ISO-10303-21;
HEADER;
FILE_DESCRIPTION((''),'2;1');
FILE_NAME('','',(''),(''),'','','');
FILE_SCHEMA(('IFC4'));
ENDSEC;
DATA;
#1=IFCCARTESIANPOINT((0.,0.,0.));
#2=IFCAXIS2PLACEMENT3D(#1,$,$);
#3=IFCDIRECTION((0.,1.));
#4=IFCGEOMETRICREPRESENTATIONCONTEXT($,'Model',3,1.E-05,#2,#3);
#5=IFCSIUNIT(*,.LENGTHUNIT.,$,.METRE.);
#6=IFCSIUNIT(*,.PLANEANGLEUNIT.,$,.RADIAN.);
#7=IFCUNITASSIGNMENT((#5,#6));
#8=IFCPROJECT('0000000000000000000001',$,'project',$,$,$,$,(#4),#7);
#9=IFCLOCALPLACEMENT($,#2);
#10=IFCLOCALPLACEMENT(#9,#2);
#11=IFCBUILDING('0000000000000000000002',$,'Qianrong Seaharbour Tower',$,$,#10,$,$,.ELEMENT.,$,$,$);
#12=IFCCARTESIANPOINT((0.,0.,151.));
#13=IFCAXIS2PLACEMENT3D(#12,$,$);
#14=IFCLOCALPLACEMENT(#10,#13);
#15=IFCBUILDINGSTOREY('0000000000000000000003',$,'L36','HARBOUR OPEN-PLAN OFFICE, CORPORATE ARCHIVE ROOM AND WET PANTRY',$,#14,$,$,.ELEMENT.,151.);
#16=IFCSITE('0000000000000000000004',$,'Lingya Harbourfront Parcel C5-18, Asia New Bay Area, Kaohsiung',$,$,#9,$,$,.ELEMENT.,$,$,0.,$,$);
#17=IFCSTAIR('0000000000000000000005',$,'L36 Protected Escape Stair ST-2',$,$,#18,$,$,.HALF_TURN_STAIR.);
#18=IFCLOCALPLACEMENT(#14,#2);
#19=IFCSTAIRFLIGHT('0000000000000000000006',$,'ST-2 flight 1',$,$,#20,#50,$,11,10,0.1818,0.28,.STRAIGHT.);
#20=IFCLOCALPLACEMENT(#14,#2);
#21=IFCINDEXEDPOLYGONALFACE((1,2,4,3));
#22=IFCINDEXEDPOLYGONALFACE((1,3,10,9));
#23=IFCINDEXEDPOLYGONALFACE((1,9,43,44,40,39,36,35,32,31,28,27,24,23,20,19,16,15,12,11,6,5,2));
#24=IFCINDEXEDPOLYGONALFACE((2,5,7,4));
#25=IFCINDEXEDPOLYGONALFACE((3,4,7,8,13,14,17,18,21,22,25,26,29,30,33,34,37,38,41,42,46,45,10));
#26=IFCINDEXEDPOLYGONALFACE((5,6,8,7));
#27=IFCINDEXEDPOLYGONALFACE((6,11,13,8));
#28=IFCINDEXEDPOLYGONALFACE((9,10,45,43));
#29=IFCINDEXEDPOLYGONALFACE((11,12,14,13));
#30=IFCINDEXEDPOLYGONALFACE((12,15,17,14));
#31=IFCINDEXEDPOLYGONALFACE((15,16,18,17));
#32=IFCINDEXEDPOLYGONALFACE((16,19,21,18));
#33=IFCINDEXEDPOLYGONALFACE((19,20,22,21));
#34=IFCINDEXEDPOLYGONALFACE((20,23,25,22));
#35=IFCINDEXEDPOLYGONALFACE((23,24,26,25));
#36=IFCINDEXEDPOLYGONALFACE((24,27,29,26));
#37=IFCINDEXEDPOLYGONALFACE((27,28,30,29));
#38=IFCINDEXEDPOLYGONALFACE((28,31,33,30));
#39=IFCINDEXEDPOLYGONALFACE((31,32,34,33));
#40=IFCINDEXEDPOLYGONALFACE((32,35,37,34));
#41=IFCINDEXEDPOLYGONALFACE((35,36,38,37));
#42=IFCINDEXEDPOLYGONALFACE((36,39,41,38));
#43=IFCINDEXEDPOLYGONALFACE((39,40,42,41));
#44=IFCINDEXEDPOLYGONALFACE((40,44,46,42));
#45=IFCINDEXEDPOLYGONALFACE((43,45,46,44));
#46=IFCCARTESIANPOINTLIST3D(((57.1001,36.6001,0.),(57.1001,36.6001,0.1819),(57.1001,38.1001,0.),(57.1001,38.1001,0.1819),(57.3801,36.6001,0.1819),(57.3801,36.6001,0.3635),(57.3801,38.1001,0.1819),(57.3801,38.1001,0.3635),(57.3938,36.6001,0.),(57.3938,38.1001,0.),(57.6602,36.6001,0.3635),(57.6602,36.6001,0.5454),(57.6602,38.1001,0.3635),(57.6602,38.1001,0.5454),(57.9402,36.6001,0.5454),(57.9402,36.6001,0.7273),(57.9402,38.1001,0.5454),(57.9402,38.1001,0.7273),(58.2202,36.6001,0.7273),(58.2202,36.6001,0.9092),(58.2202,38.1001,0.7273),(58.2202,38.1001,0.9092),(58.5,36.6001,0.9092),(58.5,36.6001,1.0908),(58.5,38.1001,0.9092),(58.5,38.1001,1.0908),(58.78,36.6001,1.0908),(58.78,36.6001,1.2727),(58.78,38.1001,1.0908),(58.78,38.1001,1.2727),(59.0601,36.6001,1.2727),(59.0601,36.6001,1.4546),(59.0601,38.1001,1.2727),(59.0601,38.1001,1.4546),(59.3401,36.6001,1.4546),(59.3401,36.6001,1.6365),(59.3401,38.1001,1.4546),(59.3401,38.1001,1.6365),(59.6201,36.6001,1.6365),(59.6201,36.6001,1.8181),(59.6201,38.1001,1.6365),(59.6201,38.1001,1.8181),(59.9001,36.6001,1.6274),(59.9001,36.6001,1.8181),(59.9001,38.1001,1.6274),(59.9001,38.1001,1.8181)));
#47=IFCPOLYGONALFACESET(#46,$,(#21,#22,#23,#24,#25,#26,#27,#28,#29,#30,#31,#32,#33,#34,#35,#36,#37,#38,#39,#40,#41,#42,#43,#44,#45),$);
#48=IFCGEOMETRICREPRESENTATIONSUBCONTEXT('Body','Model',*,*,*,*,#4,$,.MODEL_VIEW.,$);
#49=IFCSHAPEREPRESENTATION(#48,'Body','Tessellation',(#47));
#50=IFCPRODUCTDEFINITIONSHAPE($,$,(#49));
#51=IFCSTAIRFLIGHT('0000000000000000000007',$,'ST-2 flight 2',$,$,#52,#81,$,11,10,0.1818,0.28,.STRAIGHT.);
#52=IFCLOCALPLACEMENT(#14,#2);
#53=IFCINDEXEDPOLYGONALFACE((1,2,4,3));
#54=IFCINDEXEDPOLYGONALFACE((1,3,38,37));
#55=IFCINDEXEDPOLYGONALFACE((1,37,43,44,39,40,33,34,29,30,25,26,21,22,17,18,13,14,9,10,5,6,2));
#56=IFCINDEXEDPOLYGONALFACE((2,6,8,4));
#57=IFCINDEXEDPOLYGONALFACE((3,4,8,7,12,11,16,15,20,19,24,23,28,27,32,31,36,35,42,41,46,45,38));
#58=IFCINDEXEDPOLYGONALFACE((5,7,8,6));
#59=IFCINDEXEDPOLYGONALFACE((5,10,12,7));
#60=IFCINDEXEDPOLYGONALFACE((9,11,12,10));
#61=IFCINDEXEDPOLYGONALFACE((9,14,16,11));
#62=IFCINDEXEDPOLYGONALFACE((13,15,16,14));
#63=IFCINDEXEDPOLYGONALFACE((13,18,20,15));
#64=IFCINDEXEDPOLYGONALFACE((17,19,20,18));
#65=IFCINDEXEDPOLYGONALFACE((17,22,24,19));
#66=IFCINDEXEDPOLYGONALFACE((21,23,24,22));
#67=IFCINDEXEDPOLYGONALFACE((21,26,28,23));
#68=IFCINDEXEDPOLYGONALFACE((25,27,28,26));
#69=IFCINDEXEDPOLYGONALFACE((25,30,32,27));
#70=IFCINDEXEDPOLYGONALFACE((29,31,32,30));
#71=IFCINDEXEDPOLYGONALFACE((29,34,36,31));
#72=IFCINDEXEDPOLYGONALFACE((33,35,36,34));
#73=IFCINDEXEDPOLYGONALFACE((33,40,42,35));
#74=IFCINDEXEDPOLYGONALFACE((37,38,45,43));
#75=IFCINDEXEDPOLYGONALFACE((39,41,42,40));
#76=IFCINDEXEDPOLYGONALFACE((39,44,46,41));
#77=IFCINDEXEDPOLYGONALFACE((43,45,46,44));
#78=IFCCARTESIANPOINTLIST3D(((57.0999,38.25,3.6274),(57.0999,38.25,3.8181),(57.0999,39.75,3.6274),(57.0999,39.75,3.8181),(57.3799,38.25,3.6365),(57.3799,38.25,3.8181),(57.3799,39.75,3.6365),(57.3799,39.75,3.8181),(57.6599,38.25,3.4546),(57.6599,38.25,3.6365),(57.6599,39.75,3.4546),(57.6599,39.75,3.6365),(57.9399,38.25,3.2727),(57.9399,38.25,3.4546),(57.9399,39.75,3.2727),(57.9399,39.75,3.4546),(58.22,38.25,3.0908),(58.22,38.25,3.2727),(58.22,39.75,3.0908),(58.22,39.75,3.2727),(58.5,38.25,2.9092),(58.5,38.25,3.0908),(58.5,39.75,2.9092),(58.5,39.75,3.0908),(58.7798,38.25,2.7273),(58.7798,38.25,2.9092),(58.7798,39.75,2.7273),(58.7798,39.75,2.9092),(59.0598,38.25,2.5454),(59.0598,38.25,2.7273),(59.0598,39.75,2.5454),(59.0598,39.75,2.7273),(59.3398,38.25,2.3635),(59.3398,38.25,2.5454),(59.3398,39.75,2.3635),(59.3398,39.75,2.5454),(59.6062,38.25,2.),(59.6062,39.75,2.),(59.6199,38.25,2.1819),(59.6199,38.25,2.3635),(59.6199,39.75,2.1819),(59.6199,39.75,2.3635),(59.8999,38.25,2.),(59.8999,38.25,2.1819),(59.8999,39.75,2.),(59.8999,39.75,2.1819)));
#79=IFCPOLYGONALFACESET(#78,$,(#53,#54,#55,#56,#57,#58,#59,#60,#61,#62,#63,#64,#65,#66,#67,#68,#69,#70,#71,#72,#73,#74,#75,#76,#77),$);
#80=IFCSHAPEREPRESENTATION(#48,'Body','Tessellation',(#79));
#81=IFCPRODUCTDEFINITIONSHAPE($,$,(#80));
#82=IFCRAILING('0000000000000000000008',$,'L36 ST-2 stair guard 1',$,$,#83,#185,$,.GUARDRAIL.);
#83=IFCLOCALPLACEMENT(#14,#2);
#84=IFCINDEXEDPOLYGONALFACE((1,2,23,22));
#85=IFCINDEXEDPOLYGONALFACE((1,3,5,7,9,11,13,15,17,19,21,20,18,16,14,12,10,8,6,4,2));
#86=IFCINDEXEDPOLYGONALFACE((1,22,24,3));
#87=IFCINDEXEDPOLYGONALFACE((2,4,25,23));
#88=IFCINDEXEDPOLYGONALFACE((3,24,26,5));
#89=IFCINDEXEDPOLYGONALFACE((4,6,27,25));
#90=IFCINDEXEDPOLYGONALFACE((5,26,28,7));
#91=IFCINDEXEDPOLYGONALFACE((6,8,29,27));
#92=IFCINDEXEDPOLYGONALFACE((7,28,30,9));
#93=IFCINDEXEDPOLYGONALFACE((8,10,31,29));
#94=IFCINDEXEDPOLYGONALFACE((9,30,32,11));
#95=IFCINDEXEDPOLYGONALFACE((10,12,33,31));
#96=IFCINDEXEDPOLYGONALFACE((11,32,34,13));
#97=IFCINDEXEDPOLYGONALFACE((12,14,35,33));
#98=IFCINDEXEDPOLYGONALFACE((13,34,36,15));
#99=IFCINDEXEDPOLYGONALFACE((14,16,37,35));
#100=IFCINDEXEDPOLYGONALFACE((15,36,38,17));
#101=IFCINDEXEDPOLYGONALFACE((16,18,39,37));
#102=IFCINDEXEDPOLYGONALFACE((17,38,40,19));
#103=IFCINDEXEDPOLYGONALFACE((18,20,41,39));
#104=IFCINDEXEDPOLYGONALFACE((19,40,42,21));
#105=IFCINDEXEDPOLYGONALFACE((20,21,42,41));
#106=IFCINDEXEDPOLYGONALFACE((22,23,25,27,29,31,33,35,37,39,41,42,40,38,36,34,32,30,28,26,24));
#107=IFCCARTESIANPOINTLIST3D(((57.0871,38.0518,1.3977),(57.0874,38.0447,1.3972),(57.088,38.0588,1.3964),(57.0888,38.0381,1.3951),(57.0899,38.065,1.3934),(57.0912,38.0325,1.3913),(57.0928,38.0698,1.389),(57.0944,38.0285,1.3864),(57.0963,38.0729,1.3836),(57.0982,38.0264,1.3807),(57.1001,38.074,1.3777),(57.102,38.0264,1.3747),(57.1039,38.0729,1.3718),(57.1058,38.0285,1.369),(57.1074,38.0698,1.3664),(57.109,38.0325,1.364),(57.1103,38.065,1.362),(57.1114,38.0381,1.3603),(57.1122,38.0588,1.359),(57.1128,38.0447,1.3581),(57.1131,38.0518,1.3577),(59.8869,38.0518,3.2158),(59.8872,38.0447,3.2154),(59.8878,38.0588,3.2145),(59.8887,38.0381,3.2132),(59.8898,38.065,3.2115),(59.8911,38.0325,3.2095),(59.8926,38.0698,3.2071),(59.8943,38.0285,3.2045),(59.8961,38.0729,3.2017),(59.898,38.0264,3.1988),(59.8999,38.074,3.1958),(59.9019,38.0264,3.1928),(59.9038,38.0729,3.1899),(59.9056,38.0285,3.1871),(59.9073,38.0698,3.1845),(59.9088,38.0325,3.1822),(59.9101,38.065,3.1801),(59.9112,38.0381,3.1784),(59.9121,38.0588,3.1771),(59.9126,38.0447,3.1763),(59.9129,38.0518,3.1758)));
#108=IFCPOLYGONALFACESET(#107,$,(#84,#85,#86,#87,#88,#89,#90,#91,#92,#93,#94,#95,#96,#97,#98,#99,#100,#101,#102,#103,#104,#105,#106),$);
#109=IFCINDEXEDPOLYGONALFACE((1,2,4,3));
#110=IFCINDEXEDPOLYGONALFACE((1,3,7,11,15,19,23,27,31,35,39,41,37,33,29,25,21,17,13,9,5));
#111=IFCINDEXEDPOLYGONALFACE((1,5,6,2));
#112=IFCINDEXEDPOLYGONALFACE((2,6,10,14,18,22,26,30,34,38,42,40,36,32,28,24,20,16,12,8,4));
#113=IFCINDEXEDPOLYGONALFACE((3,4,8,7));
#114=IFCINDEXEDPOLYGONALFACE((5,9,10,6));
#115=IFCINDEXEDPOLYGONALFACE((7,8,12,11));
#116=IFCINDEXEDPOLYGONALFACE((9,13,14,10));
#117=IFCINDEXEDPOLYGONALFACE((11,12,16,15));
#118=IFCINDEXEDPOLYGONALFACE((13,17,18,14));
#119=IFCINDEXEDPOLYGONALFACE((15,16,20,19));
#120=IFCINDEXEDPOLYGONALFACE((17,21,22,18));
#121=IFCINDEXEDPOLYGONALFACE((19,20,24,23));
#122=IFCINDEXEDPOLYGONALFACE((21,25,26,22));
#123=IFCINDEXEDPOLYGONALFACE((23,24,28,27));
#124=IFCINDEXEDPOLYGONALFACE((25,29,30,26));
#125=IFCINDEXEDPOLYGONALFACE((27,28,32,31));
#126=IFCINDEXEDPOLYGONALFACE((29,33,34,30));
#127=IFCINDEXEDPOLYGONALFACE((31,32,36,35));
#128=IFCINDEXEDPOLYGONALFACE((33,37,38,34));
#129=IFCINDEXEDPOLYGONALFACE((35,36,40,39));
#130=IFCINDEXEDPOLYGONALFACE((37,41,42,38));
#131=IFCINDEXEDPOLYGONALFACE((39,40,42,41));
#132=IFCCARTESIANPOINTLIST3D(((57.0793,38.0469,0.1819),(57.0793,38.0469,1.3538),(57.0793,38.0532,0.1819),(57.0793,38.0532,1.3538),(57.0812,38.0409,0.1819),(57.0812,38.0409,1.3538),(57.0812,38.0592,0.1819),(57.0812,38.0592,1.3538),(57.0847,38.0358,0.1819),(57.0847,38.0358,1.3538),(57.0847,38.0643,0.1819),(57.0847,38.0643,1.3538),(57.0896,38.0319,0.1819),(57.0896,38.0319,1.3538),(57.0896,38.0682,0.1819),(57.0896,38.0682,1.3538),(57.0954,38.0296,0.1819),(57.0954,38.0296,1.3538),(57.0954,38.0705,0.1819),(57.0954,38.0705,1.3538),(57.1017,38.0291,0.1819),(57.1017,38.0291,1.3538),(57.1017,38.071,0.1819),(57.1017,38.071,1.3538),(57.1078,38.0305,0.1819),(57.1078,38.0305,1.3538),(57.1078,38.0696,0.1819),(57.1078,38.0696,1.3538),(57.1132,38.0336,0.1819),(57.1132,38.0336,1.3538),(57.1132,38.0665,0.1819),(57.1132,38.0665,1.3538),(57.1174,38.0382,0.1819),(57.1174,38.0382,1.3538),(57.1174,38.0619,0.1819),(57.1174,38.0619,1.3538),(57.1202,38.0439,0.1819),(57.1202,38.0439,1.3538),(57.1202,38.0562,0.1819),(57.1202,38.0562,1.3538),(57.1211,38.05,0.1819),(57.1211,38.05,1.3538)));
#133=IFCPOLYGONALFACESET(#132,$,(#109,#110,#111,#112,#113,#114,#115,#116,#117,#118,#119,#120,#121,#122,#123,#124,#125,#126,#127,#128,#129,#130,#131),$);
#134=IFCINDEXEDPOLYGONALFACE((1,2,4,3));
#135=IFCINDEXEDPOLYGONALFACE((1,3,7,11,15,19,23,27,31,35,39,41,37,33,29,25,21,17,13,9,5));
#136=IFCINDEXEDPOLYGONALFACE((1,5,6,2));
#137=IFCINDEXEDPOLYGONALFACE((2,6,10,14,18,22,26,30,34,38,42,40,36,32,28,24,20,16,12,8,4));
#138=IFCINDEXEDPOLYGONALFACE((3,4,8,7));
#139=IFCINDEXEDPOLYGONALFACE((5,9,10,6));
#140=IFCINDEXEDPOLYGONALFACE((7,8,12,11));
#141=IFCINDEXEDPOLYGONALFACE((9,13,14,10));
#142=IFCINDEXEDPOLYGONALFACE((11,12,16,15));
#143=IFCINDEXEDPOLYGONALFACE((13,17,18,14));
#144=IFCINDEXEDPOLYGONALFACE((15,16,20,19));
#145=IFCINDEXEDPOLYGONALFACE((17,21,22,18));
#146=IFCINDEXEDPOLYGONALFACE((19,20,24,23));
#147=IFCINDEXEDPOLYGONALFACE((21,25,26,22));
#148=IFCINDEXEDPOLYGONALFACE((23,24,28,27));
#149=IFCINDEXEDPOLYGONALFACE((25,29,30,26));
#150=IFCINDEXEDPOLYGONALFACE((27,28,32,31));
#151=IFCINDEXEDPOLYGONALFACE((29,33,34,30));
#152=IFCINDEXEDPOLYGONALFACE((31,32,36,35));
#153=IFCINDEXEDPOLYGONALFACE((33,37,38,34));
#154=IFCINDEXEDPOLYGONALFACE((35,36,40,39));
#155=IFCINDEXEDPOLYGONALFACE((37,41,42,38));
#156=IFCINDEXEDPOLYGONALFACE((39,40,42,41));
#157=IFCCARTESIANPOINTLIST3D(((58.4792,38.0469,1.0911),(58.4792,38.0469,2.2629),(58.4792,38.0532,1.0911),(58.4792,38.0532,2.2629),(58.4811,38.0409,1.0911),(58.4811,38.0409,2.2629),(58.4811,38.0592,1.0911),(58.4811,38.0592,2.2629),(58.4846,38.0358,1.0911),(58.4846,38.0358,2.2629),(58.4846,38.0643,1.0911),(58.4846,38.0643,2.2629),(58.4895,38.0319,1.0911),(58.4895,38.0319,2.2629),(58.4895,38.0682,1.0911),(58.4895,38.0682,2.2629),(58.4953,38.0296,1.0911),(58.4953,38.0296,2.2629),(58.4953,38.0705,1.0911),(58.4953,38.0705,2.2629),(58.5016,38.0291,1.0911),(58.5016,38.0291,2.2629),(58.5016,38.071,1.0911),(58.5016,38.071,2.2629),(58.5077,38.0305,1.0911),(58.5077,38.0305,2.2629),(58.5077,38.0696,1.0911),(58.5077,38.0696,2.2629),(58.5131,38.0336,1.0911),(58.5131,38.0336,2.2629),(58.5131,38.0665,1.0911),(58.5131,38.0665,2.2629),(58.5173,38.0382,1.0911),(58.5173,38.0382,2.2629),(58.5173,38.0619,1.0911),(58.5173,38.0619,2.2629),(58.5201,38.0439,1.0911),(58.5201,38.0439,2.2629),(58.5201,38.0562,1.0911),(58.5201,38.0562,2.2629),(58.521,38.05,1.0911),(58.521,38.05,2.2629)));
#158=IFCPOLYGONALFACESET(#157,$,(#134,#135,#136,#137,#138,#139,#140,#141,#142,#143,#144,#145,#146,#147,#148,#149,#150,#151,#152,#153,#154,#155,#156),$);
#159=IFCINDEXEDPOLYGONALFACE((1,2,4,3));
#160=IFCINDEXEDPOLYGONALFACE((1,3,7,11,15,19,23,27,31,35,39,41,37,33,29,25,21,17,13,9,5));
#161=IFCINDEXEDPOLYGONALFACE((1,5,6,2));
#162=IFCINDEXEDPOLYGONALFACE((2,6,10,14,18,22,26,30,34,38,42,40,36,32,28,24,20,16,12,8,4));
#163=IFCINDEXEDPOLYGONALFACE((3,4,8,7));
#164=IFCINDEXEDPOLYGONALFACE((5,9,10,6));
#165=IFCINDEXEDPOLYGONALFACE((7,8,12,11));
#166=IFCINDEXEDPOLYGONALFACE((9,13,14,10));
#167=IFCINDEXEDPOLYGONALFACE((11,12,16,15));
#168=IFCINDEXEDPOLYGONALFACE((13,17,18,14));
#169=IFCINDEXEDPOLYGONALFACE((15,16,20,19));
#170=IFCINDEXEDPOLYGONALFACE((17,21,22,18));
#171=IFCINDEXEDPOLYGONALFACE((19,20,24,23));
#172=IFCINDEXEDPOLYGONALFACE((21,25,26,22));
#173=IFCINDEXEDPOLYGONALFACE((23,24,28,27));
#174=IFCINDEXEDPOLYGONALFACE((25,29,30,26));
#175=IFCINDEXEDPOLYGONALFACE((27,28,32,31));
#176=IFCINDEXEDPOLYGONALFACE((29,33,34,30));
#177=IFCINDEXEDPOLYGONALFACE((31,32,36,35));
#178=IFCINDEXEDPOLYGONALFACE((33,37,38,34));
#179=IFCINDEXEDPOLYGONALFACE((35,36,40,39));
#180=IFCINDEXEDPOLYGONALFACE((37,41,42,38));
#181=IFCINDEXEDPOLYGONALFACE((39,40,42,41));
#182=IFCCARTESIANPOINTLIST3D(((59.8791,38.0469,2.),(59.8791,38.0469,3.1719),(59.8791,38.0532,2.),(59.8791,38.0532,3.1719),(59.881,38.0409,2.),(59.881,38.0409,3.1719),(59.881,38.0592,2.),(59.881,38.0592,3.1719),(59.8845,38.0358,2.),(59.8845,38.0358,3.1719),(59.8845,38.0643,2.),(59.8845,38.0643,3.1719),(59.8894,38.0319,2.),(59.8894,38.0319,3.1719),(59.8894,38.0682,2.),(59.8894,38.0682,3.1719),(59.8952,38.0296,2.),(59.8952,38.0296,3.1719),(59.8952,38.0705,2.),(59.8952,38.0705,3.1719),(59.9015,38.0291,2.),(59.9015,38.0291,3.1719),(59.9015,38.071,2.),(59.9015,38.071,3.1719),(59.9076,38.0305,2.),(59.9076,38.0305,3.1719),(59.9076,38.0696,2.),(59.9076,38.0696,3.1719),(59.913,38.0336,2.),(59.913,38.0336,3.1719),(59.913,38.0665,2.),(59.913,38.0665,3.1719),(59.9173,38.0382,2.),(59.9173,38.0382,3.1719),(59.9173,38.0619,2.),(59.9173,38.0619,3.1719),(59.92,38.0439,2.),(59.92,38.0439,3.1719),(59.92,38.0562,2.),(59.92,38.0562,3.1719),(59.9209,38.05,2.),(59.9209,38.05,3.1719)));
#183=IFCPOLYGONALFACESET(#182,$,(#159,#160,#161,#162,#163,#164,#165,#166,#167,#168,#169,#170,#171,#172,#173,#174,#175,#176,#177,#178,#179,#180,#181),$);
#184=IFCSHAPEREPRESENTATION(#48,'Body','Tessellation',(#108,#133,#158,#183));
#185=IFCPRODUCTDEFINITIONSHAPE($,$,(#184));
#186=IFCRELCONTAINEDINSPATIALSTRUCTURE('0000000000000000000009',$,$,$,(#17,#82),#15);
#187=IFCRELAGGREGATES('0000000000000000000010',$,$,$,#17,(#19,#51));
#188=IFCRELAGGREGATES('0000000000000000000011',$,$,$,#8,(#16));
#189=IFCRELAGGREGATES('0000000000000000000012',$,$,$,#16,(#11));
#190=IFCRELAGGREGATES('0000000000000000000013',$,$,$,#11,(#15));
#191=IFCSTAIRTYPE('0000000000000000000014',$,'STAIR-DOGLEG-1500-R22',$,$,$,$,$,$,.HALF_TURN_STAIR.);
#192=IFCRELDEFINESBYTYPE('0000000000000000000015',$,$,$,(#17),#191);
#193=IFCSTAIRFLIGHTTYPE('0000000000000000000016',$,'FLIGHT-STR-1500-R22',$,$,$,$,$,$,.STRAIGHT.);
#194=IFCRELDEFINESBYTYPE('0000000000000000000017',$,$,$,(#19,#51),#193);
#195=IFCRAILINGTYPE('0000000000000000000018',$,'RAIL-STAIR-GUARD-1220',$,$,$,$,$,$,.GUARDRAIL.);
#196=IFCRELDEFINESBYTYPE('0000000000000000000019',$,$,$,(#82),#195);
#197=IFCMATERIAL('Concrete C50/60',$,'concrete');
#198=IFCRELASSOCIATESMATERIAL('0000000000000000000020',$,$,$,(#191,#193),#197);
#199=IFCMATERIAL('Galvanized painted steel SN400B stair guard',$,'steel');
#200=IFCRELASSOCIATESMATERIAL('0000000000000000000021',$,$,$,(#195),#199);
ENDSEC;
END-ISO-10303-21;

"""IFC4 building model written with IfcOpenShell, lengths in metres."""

from ifc_helpers import new_model, si_unit, direction, frame, origin, origin_2d, place, context, subcontext, project, spatial, polyline, circle, outline, extrude, material, type_object, element, aggregate, save


model = new_model("IFC4")

# Units and contexts
model_context = context("Model", 3, precision=1e-05, world=origin(), true_north=direction((0.0, 1.0)))
body_context = subcontext(model_context, "Body", "Model", "MODEL_VIEW")
ifc_project = project(units=[si_unit("LENGTHUNIT", "METRE"), si_unit("PLANEANGLEUNIT", "RADIAN")], contexts=[model_context])

# Site, building, storey
site_placement = place(None, origin())
site = spatial("IfcSite", under=ifc_project, at=site_placement, Name="Lingya Harbourfront Parcel C5-18, Asia New Bay Area, Kaohsiung", CompositionType="ELEMENT", RefElevation=0.0)
building_placement = place(site_placement, origin())
building = spatial("IfcBuilding", under=site, at=building_placement, Name="Qianrong Seaharbour Tower", CompositionType="ELEMENT")
storey_placement = place(building_placement, frame((0.0, 0.0, 151.0)))
storey = spatial("IfcBuildingStorey", under=building, at=storey_placement, Name="L36", Description="HARBOUR OPEN-PLAN OFFICE, CORPORATE ARCHIVE ROOM AND WET PANTRY", CompositionType="ELEMENT", Elevation=151.0)

# Shared definitions
ifc_material_1 = material(Name="Concrete C50/60", Category="concrete")

# Stair, stair flights
stair_type = type_object("IfcStairType", Name="STAIR-DOGLEG-1500-R22", PredefinedType="HALF_TURN_STAIR", material=ifc_material_1)
stair_placement = place(storey_placement, origin())
stair = element("IfcStair", 1, at=stair_placement, inside=storey, type_object=stair_type, Name="L36 Protected Escape Stair ST-2", PredefinedType="HALF_TURN_STAIR")
stair_flight_type = type_object("IfcStairFlightType", Name="FLIGHT-STR-1500-R22", PredefinedType="STRAIGHT", material=ifc_material_1)
stair_flight_1_placement = place(storey_placement, frame((57.1001, 37.3501, 0.0), z_axis=(0.0, 0.0, 1.0), x_axis=(1.0, 0.0, 0.0)))
stair_flight_1 = element("IfcStairFlight", 2, at=stair_flight_1_placement, type_object=stair_flight_type, Name="ST-2 flight 1", NumberOfRisers=11, NumberOfTreads=10, PredefinedType="STRAIGHT", RiserHeight=0.1818, TreadLength=0.28, context=body_context, shape_type="SweptSolid", body=[
    extrude(outline(polyline([(0.0, 0.0), (0.0, 0.1819), (0.28, 0.1819), (0.28, 0.3635), (0.5601, 0.3635), (0.5601, 0.5454), (0.8401, 0.5454), (0.8401, 0.7273), (1.1201, 0.7273), (1.1201, 0.9092), (1.3999, 0.9092), (1.3999, 1.0908), (1.6799, 1.0908), (1.6799, 1.2727), (1.96, 1.2727), (1.96, 1.4546), (2.24, 1.4546), (2.24, 1.6365), (2.52, 1.6365), (2.52, 1.8181), (2.8, 1.8181), (2.8, 2.0), (2.8, 1.6274), (0.2937, 0.0), (0.0, 0.0)])), frame((0.0, 0.75, 0.0), z_axis=(0.0, -1.0, 0.0), x_axis=(1.0, 0.0, 0.0)), (0.0, 0.0, 1.0), 1.5),
])
stair_flight_2_placement = place(storey_placement, frame((59.8999, 39.0, 2.0), z_axis=(0.0, 0.0, 1.0), x_axis=(-1.0, 0.0, 0.0)))
stair_flight_2 = element("IfcStairFlight", 3, at=stair_flight_2_placement, type_object=stair_flight_type, Name="ST-2 flight 2", NumberOfRisers=11, NumberOfTreads=10, PredefinedType="STRAIGHT", RiserHeight=0.1818, TreadLength=0.28, context=body_context, shape_type="SweptSolid", body=[
    extrude(outline(polyline([(0.0, 0.0), (0.0, 0.1819), (0.28, 0.1819), (0.28, 0.3635), (0.5601, 0.3635), (0.5601, 0.5454), (0.8401, 0.5454), (0.8401, 0.7273), (1.1201, 0.7273), (1.1201, 0.9092), (1.3999, 0.9092), (1.3999, 1.0908), (1.6799, 1.0908), (1.6799, 1.2727), (1.96, 1.2727), (1.96, 1.4546), (2.24, 1.4546), (2.24, 1.6365), (2.52, 1.6365), (2.52, 1.8181), (2.8, 1.8181), (2.8, 2.0), (2.8, 1.6274), (0.2937, 0.0), (0.0, 0.0)])), frame((0.0, 0.75, 0.0), z_axis=(0.0, -1.0, 0.0), x_axis=(1.0, 0.0, 0.0)), (0.0, 0.0, 1.0), 1.5),
])
aggregate(stair, [stair_flight_1, stair_flight_2])

# Railing
ifc_material_2 = material(Name="Galvanized painted steel SN400B stair guard", Category="steel")
railing_type_1 = type_object("IfcRailingType", Name="RAIL-STAIR-GUARD-1220", PredefinedType="GUARDRAIL", material=ifc_material_2)
railing_1_placement = place(storey_placement, frame((57.1001, 38.05, 0.1819)))
element("IfcRailing", 4, at=railing_1_placement, inside=storey, type_object=railing_type_1, Name="L36 ST-2 stair guard 1", PredefinedType="GUARDRAIL", context=body_context, shape_type="SweptSolid", body=[
    extrude(circle(Radius=0.0239, at=origin_2d()), frame((0.0, 0.0, 1.1958), z_axis=(0.838684, 0.0, 0.544618), x_axis=(0.0, 1.0, 0.0)), (0.0, 0.0, 1.0), 3.3384),
    extrude(circle(Radius=0.021, at=origin_2d()), origin(), (0.0, 0.0, 1.0), 1.1719),
    extrude(circle(Radius=0.021, at=origin_2d()), frame((1.3999, 0.0, 0.9092)), (0.0, 0.0, 1.0), 1.1719),
    extrude(circle(Radius=0.021, at=origin_2d()), frame((2.7998, 0.0, 1.8181)), (0.0, 0.0, 1.0), 1.1719),
])

save(model, "model.ifc")
